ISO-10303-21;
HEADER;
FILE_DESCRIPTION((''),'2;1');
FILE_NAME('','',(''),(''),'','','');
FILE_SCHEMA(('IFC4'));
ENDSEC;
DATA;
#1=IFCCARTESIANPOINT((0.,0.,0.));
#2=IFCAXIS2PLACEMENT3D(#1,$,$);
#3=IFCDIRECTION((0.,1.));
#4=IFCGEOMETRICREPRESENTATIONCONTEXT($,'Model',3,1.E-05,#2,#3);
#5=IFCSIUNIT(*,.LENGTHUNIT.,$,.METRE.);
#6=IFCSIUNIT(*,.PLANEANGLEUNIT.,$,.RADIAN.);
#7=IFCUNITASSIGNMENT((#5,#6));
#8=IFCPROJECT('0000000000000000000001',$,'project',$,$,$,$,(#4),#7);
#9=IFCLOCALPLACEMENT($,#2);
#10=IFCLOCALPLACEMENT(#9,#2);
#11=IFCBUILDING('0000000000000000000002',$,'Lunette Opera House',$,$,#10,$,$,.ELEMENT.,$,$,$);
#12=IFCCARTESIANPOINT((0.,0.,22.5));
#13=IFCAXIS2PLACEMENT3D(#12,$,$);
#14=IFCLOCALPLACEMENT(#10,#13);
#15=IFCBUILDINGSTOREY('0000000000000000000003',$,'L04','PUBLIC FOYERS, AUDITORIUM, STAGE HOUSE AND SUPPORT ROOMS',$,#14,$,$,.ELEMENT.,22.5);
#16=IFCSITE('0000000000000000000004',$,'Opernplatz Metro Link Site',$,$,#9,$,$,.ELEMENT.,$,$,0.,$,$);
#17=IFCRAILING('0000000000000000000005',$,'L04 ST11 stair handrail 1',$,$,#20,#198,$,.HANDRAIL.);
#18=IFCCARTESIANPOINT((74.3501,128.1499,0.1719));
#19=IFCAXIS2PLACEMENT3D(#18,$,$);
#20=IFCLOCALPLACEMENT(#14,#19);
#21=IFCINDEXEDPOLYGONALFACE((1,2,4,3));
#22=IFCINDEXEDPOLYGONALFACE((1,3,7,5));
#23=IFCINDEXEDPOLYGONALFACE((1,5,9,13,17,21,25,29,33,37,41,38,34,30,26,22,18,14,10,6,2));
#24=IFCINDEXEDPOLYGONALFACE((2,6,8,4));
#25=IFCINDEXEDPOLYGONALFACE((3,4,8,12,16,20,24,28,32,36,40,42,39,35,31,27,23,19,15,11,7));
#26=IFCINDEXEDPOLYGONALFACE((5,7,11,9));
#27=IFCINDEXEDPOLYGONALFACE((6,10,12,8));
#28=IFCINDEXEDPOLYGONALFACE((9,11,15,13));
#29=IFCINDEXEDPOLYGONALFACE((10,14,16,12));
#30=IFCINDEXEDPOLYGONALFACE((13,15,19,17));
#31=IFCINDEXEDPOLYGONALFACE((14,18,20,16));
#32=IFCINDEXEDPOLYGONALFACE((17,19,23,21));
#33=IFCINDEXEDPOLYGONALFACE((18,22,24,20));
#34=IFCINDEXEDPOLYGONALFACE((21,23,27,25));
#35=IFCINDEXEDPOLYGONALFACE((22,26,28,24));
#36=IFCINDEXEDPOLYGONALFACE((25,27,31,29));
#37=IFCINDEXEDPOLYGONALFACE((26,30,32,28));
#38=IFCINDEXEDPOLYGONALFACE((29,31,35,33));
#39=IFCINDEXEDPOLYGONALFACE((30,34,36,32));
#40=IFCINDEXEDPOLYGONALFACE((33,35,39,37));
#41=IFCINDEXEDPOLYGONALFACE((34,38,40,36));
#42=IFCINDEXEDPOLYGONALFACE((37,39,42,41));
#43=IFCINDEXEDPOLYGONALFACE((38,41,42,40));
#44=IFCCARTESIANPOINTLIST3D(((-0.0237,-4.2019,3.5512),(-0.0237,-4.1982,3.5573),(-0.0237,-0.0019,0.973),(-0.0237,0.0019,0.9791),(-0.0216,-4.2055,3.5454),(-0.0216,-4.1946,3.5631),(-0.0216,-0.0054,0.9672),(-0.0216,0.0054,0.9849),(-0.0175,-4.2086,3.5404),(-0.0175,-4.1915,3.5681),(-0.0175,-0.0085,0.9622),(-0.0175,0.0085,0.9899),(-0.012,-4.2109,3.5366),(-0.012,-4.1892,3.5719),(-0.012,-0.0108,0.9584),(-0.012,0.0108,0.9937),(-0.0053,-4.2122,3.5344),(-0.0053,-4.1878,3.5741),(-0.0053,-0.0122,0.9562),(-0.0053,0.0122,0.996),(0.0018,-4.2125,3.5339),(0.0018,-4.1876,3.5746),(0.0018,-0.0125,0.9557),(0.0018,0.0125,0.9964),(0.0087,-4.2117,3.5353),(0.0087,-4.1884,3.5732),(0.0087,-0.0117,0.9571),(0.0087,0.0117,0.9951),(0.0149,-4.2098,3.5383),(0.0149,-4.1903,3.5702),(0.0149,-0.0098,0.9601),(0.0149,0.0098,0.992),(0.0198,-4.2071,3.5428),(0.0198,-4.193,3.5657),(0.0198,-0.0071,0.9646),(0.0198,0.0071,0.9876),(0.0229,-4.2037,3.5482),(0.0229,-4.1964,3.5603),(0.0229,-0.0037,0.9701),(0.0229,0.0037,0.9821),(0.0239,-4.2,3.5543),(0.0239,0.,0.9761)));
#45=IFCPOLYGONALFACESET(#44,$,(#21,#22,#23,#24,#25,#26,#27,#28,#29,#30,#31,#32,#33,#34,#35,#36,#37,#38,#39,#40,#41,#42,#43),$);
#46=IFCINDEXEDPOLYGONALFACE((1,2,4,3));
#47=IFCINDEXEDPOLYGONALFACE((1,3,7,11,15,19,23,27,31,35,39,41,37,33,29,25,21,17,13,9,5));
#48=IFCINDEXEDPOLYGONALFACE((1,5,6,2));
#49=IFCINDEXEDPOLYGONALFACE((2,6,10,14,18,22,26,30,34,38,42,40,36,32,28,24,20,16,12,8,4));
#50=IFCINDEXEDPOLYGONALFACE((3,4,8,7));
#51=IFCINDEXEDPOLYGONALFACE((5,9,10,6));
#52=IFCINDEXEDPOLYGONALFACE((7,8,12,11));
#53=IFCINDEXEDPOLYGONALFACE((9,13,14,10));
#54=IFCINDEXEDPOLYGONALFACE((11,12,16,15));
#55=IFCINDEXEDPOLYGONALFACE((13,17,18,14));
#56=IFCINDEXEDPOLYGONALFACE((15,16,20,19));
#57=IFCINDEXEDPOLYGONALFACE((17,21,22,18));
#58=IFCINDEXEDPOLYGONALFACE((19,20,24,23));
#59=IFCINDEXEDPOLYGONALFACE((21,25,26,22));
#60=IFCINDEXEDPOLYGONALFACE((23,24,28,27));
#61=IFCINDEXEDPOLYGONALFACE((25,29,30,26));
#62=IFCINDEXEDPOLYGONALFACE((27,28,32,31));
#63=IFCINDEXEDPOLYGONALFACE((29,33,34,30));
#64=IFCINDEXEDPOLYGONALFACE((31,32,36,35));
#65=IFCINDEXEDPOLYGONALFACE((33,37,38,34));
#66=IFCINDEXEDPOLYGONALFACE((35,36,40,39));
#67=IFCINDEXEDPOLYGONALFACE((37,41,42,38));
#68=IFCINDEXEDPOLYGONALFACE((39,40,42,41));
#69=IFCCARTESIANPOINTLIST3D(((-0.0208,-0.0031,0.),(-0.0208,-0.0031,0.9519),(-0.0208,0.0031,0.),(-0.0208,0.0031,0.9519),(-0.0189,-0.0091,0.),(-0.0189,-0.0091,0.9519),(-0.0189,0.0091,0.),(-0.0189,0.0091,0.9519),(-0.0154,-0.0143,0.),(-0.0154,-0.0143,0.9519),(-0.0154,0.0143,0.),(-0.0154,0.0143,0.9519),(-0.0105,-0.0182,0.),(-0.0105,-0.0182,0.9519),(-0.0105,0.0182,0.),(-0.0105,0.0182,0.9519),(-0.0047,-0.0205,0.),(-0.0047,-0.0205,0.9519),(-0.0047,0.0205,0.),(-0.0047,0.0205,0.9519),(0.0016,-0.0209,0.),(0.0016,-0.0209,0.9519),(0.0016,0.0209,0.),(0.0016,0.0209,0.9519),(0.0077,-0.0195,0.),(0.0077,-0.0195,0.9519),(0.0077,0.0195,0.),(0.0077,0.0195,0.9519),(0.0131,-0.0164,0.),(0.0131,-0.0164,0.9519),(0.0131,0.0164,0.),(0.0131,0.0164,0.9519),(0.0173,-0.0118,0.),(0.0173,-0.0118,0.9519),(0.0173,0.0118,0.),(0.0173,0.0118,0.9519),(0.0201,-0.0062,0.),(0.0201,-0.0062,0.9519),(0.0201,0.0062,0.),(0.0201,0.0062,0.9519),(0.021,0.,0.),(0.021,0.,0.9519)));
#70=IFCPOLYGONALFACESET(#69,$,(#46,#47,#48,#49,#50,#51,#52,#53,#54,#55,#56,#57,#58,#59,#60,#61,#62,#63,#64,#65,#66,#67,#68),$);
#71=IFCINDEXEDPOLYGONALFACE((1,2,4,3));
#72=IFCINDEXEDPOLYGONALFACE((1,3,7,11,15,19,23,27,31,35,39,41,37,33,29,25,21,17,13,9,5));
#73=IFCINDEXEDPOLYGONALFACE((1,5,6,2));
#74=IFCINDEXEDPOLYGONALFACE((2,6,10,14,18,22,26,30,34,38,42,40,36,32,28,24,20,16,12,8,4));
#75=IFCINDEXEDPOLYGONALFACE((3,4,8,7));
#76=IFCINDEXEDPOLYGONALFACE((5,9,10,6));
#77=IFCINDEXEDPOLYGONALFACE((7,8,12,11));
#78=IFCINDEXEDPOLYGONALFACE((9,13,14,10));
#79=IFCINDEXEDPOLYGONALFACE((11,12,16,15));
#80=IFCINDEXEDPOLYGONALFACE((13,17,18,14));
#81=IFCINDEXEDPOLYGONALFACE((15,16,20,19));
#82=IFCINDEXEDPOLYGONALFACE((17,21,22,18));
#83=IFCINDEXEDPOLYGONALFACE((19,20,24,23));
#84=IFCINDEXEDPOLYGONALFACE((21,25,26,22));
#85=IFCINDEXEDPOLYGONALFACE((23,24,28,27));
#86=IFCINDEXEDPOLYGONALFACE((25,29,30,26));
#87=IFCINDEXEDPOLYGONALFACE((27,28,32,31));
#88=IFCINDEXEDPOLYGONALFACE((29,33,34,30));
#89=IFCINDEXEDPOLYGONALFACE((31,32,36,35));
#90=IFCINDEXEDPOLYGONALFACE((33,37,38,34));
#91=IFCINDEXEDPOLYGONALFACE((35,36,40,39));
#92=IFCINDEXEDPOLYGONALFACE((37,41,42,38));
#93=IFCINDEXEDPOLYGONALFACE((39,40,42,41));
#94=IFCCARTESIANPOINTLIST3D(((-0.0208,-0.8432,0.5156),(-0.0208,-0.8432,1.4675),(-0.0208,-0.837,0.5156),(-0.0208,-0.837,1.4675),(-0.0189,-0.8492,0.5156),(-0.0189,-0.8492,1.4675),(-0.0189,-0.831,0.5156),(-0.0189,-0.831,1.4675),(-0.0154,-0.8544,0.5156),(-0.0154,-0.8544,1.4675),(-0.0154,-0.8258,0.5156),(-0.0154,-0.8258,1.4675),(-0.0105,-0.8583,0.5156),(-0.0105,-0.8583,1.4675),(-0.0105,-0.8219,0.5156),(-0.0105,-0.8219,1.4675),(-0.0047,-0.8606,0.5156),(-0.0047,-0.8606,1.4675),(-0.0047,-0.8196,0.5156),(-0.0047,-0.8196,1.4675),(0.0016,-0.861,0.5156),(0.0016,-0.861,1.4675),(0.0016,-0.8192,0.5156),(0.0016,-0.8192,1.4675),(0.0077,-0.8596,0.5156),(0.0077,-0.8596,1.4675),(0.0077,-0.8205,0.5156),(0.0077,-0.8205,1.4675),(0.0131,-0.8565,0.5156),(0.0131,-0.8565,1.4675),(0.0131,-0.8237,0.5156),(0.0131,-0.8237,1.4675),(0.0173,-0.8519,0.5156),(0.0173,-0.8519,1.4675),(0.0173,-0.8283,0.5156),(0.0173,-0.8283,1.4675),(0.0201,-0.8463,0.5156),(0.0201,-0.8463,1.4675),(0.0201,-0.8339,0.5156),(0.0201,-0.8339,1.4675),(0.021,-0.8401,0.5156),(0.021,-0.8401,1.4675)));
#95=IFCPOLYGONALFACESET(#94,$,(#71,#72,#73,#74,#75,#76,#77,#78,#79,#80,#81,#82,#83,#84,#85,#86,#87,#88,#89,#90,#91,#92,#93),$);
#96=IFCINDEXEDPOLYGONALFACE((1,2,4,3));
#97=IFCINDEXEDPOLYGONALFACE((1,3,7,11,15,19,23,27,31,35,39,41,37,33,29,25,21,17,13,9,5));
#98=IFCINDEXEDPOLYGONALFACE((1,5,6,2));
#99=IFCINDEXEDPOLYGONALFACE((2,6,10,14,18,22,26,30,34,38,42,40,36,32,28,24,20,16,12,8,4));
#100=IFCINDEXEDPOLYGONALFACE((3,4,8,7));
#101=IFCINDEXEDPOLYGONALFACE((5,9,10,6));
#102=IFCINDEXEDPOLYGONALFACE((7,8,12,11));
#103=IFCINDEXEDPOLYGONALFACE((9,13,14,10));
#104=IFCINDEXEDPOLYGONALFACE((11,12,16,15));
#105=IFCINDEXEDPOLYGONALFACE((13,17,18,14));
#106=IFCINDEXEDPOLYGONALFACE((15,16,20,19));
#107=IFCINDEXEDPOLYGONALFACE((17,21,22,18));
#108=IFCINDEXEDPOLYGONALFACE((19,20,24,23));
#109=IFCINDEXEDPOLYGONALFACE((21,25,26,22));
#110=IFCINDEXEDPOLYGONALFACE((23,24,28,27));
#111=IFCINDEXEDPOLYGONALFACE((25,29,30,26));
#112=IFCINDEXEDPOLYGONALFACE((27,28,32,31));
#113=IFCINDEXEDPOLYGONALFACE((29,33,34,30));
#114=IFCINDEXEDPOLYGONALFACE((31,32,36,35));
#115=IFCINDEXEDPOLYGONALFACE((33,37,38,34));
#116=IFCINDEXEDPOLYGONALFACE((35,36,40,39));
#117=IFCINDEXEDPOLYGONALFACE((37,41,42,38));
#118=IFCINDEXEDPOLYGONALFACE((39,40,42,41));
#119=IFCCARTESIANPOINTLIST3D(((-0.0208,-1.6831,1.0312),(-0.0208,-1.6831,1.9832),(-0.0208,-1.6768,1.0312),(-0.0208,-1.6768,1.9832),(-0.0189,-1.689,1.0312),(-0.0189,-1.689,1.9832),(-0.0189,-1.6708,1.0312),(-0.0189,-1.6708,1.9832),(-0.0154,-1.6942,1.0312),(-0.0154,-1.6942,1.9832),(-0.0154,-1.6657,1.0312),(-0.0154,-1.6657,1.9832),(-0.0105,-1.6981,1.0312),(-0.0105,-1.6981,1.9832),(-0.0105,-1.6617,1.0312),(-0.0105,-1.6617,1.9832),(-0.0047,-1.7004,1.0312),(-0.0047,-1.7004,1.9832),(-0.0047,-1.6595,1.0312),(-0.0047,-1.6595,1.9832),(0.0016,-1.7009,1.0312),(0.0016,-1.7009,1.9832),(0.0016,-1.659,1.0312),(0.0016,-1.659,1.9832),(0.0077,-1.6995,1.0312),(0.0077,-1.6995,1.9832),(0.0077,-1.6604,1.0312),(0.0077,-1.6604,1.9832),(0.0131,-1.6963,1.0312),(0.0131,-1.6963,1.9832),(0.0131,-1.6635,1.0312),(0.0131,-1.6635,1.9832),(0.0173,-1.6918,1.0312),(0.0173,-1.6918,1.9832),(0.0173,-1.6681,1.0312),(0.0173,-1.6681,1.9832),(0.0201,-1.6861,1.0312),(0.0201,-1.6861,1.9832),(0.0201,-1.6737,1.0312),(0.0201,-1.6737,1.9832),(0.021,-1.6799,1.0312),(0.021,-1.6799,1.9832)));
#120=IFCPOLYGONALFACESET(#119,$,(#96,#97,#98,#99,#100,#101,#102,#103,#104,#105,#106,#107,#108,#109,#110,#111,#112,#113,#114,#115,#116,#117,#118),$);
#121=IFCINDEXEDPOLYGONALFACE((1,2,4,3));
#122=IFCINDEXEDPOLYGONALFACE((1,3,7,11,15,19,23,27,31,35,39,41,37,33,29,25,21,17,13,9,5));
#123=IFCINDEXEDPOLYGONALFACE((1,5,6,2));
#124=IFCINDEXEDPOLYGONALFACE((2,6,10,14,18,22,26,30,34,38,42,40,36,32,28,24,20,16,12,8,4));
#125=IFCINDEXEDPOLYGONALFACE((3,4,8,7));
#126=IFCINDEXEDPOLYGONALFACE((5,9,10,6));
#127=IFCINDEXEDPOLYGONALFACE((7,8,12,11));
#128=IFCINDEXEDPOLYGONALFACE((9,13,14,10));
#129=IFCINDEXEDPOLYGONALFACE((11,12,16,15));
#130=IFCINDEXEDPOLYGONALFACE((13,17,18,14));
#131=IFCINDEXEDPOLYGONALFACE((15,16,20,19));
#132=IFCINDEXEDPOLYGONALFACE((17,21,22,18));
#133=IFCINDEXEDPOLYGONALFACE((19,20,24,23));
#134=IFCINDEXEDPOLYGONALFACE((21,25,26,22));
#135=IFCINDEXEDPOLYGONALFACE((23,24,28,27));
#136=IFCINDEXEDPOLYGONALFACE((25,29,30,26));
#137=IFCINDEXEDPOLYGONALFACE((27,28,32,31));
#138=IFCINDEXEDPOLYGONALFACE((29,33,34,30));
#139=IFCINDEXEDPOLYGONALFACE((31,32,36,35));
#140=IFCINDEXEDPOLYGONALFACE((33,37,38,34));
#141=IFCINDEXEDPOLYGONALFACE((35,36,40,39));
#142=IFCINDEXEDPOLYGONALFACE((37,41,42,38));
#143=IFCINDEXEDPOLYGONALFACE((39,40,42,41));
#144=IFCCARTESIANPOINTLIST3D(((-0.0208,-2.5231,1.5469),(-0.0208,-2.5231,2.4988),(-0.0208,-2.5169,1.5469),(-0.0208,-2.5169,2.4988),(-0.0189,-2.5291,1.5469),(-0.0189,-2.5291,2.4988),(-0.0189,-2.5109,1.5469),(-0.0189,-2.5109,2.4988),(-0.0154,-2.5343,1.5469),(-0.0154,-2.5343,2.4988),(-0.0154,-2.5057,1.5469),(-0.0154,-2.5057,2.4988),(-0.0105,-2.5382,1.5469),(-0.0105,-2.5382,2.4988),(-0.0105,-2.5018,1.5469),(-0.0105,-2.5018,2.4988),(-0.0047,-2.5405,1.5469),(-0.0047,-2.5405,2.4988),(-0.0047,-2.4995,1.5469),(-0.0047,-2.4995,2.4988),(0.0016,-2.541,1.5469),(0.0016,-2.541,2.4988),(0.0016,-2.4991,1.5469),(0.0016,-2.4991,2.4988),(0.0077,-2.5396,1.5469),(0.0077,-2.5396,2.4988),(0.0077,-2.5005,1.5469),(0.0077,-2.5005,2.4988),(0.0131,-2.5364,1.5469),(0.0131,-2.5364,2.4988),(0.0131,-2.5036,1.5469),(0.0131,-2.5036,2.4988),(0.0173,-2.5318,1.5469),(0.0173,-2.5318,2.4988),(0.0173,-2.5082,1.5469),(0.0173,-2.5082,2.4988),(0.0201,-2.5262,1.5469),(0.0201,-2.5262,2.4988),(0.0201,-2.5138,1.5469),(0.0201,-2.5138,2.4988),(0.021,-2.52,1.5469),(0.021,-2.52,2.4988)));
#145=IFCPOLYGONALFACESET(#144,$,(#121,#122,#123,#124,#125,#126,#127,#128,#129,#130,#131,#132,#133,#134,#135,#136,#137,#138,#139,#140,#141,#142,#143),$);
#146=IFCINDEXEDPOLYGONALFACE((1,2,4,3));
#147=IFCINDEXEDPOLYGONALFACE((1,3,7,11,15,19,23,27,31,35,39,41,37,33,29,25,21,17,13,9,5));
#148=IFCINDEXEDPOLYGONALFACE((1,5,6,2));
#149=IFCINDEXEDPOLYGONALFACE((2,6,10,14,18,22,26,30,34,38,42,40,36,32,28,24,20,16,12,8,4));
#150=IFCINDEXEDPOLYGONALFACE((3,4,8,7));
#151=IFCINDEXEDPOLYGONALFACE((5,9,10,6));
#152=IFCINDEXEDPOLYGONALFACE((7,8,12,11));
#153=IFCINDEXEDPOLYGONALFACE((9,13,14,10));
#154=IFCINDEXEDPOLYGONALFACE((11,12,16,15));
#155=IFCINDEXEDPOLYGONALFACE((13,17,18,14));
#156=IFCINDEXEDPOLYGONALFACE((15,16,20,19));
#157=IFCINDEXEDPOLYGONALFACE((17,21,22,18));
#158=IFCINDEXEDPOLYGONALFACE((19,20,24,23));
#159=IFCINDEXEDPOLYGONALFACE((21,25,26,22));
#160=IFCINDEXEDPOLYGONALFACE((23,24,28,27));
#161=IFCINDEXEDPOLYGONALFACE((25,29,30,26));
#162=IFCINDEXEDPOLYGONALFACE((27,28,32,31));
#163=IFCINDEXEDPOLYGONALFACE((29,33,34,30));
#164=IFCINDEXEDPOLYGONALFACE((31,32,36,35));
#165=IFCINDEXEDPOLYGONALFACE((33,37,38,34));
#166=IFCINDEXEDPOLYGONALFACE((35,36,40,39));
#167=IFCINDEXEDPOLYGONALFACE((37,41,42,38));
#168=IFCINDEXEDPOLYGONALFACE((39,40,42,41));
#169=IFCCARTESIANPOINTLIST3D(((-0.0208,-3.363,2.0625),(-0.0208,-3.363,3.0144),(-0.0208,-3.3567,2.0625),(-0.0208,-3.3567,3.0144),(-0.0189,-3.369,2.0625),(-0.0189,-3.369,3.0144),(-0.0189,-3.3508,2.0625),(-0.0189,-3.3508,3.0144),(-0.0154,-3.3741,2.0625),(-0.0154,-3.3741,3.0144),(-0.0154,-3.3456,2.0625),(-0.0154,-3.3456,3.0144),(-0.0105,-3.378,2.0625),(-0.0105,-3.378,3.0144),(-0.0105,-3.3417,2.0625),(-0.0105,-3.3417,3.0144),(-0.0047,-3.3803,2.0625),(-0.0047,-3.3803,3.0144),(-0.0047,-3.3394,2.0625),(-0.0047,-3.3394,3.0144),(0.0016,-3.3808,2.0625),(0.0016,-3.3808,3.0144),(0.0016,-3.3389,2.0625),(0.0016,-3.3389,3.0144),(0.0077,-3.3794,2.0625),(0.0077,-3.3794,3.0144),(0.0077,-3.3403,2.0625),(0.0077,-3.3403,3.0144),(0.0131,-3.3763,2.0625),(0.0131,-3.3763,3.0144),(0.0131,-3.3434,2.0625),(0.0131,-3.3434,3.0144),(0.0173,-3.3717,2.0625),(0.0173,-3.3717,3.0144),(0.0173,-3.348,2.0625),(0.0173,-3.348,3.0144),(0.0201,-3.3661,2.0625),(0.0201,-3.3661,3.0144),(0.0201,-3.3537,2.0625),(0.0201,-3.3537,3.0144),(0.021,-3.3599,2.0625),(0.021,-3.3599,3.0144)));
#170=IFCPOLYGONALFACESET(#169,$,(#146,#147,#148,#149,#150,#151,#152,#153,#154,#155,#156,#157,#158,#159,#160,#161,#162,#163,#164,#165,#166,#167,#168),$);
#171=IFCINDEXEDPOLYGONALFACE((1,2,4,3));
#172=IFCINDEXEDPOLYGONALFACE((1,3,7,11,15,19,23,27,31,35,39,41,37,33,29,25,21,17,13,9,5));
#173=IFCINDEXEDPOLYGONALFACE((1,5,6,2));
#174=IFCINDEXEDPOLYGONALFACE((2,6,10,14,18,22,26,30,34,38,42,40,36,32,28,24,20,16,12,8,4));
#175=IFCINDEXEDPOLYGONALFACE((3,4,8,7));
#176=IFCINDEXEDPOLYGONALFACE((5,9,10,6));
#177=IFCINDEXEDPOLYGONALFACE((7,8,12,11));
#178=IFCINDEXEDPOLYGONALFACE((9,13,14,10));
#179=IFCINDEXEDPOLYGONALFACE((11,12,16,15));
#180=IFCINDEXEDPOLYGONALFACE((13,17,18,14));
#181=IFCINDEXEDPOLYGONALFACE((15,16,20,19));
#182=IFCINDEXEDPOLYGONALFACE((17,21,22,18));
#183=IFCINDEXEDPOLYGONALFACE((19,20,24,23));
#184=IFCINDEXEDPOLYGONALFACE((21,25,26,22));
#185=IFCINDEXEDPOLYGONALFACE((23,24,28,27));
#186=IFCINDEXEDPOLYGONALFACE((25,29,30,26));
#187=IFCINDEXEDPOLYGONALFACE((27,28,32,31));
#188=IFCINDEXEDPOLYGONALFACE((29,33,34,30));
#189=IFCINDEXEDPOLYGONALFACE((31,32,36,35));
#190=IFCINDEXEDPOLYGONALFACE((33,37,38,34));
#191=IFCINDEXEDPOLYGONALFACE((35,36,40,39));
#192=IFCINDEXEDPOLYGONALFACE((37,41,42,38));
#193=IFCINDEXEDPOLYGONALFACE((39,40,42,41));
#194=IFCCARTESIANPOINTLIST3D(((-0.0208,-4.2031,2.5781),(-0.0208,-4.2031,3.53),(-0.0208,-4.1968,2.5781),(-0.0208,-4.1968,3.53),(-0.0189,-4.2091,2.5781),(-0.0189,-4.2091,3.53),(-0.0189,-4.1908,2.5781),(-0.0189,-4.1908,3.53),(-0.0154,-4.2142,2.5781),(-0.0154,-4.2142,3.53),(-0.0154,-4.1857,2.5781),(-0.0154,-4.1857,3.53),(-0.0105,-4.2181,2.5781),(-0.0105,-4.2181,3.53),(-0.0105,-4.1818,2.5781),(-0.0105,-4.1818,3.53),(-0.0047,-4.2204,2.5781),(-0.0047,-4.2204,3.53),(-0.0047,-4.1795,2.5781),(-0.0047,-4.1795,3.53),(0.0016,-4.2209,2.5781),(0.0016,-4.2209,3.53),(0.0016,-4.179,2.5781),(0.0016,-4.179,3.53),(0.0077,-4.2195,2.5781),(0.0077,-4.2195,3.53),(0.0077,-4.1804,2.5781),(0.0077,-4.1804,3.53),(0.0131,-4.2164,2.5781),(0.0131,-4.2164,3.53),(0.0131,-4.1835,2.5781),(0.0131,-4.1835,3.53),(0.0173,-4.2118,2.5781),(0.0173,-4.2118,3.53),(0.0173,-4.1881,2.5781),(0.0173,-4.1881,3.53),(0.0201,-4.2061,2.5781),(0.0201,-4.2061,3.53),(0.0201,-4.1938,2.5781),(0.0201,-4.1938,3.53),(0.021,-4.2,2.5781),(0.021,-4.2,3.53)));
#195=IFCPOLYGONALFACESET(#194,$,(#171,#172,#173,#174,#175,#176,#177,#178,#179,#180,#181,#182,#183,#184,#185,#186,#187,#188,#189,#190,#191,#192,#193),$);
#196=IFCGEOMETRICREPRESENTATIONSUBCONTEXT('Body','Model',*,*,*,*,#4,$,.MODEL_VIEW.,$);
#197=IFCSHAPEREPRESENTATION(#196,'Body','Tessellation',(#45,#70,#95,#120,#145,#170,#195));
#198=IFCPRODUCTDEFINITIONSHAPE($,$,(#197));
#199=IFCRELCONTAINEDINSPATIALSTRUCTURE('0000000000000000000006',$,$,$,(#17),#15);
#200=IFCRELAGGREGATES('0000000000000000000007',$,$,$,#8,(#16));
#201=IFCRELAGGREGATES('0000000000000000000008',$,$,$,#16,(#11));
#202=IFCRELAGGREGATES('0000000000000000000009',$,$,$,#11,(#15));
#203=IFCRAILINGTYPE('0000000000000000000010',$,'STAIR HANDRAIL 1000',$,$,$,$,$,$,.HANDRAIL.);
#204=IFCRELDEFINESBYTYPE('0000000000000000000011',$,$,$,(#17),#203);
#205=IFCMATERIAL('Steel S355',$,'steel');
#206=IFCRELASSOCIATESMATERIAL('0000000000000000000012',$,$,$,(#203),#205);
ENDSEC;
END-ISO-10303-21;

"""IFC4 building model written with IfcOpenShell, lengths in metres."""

from ifc_helpers import new_model, si_unit, direction, frame, origin, origin_2d, place, context, subcontext, project, spatial, circle, extrude, material, type_object, element, save


model = new_model("IFC4")

# Units and contexts
model_context = context("Model", 3, precision=1e-05, world=origin(), true_north=direction((0.0, 1.0)))
body_context = subcontext(model_context, "Body", "Model", "MODEL_VIEW")
ifc_project = project(units=[si_unit("LENGTHUNIT", "METRE"), si_unit("PLANEANGLEUNIT", "RADIAN")], contexts=[model_context])

# Site, building, storey
site_placement = place(None, origin())
site = spatial("IfcSite", under=ifc_project, at=site_placement, Name="Opernplatz Metro Link Site", CompositionType="ELEMENT", RefElevation=0.0)
building_placement = place(site_placement, origin())
building = spatial("IfcBuilding", under=site, at=building_placement, Name="Lunette Opera House", CompositionType="ELEMENT")
storey_placement = place(building_placement, frame((0.0, 0.0, 22.5)))
storey = spatial("IfcBuildingStorey", under=building, at=storey_placement, Name="L04", Description="PUBLIC FOYERS, AUDITORIUM, STAGE HOUSE AND SUPPORT ROOMS", CompositionType="ELEMENT", Elevation=22.5)

# Railing
ifc_material_1 = material(Name="Steel S355", Category="steel")
railing_type_1 = type_object("IfcRailingType", Name="STAIR HANDRAIL 1000", PredefinedType="HANDRAIL", material=ifc_material_1)
railing_1_placement = place(storey_placement, frame((74.3501, 128.1499, 0.1719)))
element("IfcRailing", 1, at=railing_1_placement, inside=storey, type_object=railing_type_1, Name="L04 ST11 stair handrail 1", PredefinedType="HANDRAIL", context=body_context, shape_type="SweptSolid", body=[
    extrude(circle(Radius=0.0239, at=origin_2d()), frame((0.0, 0.0, 0.9761), z_axis=(0.0, -0.852243, 0.523146), x_axis=(1.0, 0.0, 0.0)), (0.0, 0.0, 1.0), 4.9282),
    extrude(circle(Radius=0.021, at=origin_2d()), origin(), (0.0, 0.0, 1.0), 0.9519),
    extrude(circle(Radius=0.021, at=origin_2d()), frame((0.0, -0.8401, 0.5156)), (0.0, 0.0, 1.0), 0.9519),
    extrude(circle(Radius=0.021, at=origin_2d()), frame((0.0, -1.6799, 1.0312)), (0.0, 0.0, 1.0), 0.9519),
    extrude(circle(Radius=0.021, at=origin_2d()), frame((0.0, -2.52, 1.5469)), (0.0, 0.0, 1.0), 0.9519),
    extrude(circle(Radius=0.021, at=origin_2d()), frame((0.0, -3.3599, 2.0625)), (0.0, 0.0, 1.0), 0.9519),
    extrude(circle(Radius=0.021, at=origin_2d()), frame((0.0, -4.2, 2.5781)), (0.0, 0.0, 1.0), 0.9519),
])

save(model, "model.ifc")
